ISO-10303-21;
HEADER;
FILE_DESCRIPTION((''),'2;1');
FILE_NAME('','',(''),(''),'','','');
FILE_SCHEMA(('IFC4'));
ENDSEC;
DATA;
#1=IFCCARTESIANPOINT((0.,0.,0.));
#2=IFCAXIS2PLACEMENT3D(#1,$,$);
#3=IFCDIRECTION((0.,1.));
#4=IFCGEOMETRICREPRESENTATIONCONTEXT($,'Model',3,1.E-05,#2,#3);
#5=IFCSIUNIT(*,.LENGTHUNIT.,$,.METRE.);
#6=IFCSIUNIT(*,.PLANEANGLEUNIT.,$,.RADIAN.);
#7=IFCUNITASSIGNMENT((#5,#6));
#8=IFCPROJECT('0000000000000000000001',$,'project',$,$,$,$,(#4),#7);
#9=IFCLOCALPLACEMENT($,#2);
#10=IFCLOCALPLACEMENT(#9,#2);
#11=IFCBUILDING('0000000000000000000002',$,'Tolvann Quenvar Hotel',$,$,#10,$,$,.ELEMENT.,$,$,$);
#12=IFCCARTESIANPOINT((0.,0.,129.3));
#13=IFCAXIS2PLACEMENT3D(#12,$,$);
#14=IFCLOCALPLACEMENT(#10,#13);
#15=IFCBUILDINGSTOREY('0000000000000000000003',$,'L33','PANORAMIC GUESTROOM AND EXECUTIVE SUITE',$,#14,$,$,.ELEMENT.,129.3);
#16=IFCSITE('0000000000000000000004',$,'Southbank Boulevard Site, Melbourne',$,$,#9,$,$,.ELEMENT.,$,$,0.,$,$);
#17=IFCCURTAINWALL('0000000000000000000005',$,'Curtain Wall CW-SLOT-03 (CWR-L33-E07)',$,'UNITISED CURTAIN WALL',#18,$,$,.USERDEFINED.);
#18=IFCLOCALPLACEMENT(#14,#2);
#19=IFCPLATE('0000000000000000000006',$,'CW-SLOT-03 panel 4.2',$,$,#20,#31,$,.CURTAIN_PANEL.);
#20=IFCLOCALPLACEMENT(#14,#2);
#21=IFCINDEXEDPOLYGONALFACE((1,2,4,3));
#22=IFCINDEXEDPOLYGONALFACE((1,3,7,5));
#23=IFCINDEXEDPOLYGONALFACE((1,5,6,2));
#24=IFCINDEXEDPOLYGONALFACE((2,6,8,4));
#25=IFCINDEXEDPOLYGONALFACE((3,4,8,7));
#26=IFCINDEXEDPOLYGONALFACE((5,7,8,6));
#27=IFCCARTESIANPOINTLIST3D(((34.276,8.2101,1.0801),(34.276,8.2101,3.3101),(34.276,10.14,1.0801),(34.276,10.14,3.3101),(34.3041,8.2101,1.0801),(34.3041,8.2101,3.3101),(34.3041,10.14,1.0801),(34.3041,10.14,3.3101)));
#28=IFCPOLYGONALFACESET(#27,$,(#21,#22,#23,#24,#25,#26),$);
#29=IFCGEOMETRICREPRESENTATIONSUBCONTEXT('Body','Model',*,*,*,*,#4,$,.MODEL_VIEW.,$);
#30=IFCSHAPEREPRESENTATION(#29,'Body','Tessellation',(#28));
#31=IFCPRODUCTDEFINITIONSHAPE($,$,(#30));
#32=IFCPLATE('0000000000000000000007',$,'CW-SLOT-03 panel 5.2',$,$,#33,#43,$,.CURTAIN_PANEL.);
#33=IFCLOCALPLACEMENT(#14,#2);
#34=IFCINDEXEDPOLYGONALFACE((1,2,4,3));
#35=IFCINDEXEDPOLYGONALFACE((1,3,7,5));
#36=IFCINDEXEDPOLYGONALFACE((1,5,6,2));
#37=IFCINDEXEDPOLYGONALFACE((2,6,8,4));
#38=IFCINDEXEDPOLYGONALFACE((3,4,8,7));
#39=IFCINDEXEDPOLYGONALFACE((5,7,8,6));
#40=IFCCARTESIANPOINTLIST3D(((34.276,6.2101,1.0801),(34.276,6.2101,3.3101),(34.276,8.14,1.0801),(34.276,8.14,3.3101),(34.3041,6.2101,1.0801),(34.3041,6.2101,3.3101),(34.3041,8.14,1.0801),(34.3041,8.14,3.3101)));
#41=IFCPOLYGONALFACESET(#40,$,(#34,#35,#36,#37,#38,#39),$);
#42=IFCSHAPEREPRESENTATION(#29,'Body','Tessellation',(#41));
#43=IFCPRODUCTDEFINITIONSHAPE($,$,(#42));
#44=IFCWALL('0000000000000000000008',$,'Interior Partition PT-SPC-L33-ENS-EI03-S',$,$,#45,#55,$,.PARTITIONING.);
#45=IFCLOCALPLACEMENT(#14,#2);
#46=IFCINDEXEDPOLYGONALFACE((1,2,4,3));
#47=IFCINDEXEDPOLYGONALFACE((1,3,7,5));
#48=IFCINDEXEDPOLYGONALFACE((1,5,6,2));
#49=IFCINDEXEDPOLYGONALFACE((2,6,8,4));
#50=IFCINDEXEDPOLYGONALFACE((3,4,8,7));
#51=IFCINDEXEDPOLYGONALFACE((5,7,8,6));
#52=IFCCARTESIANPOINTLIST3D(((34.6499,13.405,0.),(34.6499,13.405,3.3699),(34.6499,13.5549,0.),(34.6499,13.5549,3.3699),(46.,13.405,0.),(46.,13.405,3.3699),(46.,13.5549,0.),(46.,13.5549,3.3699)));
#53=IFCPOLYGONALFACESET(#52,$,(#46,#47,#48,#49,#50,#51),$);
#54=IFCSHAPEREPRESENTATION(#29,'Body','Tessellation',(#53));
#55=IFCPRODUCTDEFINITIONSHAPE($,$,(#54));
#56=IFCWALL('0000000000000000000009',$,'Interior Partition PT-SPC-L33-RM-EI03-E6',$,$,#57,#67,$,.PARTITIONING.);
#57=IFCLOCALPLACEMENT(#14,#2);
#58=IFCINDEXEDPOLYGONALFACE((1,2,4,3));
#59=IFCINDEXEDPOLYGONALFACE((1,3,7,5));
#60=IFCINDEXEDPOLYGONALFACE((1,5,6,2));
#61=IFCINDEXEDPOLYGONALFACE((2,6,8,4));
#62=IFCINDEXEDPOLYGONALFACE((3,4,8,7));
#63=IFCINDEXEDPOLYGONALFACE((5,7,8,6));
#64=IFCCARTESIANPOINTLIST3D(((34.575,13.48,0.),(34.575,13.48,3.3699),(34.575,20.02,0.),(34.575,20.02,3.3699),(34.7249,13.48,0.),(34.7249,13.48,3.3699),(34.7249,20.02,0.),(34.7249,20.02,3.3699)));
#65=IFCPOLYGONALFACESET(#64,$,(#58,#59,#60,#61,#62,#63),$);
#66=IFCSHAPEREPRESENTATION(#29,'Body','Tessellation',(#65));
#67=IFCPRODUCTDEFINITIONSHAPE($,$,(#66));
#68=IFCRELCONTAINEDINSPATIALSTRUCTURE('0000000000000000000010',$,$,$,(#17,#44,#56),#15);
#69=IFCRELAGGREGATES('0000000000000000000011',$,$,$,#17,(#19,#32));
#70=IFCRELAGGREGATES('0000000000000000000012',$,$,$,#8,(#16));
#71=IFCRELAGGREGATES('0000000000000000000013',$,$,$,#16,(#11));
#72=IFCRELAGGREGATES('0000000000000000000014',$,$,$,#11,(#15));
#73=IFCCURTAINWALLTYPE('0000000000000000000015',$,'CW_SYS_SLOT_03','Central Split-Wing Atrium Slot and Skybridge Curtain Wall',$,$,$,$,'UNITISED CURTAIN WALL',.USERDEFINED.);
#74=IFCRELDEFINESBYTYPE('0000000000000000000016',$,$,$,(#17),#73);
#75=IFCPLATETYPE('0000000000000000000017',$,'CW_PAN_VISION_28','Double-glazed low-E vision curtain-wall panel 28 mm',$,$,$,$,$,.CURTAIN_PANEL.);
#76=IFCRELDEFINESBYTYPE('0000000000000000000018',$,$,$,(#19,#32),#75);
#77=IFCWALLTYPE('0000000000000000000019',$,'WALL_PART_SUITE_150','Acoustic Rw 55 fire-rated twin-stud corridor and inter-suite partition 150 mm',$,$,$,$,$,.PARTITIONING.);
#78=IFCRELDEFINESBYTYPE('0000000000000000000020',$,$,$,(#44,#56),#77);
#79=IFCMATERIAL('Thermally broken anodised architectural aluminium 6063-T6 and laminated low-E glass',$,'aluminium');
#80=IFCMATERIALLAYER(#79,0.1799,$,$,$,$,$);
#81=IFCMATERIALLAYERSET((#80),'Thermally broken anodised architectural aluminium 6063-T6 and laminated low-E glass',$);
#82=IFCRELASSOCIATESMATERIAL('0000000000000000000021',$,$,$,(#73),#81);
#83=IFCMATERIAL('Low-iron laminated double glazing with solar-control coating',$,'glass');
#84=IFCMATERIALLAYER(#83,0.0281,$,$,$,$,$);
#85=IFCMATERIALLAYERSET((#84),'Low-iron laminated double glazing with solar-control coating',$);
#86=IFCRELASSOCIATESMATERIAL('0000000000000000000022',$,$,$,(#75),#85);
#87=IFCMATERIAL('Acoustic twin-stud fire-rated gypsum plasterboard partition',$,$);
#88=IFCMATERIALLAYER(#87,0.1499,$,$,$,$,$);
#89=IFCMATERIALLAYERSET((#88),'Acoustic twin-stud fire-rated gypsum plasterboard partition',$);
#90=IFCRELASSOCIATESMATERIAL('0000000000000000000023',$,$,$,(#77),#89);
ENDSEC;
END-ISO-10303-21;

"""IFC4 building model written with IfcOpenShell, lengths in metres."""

from ifc_helpers import new_model, si_unit, direction, frame, frame_2d, origin, origin_2d, place, context, subcontext, project, spatial, rectangle, extrude, source, transform, mapped, material, layer, layer_set, type_object, element, aggregate, save


model = new_model("IFC4")

# Units and contexts
model_context = context("Model", 3, precision=1e-05, world=origin(), true_north=direction((0.0, 1.0)))
body_context = subcontext(model_context, "Body", "Model", "MODEL_VIEW")
ifc_project = project(units=[si_unit("LENGTHUNIT", "METRE"), si_unit("PLANEANGLEUNIT", "RADIAN")], contexts=[model_context])

# Site, building, storey
site_placement = place(None, origin())
site = spatial("IfcSite", under=ifc_project, at=site_placement, Name="Southbank Boulevard Site, Melbourne", CompositionType="ELEMENT", RefElevation=0.0)
building_placement = place(site_placement, origin())
building = spatial("IfcBuilding", under=site, at=building_placement, Name="Tolvann Quenvar Hotel", CompositionType="ELEMENT")
storey_placement = place(building_placement, frame((0.0, 0.0, 129.3)))
storey = spatial("IfcBuildingStorey", under=building, at=storey_placement, Name="L33", Description="PANORAMIC GUESTROOM AND EXECUTIVE SUITE", CompositionType="ELEMENT", Elevation=129.3)

# Curtain wall, plates
ifc_material_1 = material(Name="Thermally broken anodised architectural aluminium 6063-T6 and laminated low-E glass", Category="aluminium")
ifc_layer_1 = layer(ifc_material_1, 0.1799)
ifc_layer_set_1 = layer_set([ifc_layer_1], Name="Thermally broken anodised architectural aluminium 6063-T6 and laminated low-E glass")
curtain_wall_type = type_object("IfcCurtainWallType", Name="CW_SYS_SLOT_03", Description="Central Split-Wing Atrium Slot and Skybridge Curtain Wall", ElementType="UNITISED CURTAIN WALL", PredefinedType="USERDEFINED", material=ifc_layer_set_1)
curtain_wall_placement = place(storey_placement, origin())
curtain_wall = element("IfcCurtainWall", 1, at=curtain_wall_placement, inside=storey, type_object=curtain_wall_type, Name="Curtain Wall CW-SLOT-03 (CWR-L33-E07)", ObjectType="UNITISED CURTAIN WALL", PredefinedType="USERDEFINED")
ifc_material_2 = material(Name="Low-iron laminated double glazing with solar-control coating", Category="glass")
ifc_layer_2 = layer(ifc_material_2, 0.0281)
ifc_layer_set_2 = layer_set([ifc_layer_2], Name="Low-iron laminated double glazing with solar-control coating")
plate_type = type_object("IfcPlateType", Name="CW_PAN_VISION_28", Description="Double-glazed low-E vision curtain-wall panel 28 mm", PredefinedType="CURTAIN_PANEL", material=ifc_layer_set_2)
shared_shape_1 = source(origin(), body_context, "Body", "SweptSolid", [
    extrude(rectangle(XDim=1.9299, YDim=0.0281, at=origin_2d()), origin(), (0.0, 0.0, 1.0), 2.23),
])
plate_1_placement = place(storey_placement, frame((34.29, 9.175, 1.0801), z_axis=(0.0, 0.0, 1.0), x_axis=(0.0, -1.0, 0.0)))
plate_1 = element("IfcPlate", 2, at=plate_1_placement, type_object=plate_type, Name="CW-SLOT-03 panel 4.2", PredefinedType="CURTAIN_PANEL", context=body_context, shape_type="MappedRepresentation", body=[
    mapped(shared_shape_1, transform((0.0, 0.0, 0.0), x_axis=(1.0, 0.0, 0.0), y_axis=(0.0, 1.0, 0.0), z_axis=(0.0, 0.0, 1.0), scale=1.0)),
])
plate_2_placement = place(storey_placement, frame((34.29, 7.175, 1.0801), z_axis=(0.0, 0.0, 1.0), x_axis=(0.0, -1.0, 0.0)))
plate_2 = element("IfcPlate", 3, at=plate_2_placement, type_object=plate_type, Name="CW-SLOT-03 panel 5.2", PredefinedType="CURTAIN_PANEL", context=body_context, shape_type="MappedRepresentation", body=[
    mapped(shared_shape_1, transform((0.0, 0.0, 0.0), x_axis=(1.0, 0.0, 0.0), y_axis=(0.0, 1.0, 0.0), z_axis=(0.0, 0.0, 1.0), scale=1.0)),
])
aggregate(curtain_wall, [plate_1, plate_2])

# Walls
ifc_material_3 = material(Name="Acoustic twin-stud fire-rated gypsum plasterboard partition")
ifc_layer_3 = layer(ifc_material_3, 0.1499)
ifc_layer_set_3 = layer_set([ifc_layer_3], Name="Acoustic twin-stud fire-rated gypsum plasterboard partition")
wall_type = type_object("IfcWallType", Name="WALL_PART_SUITE_150", Description="Acoustic Rw 55 fire-rated twin-stud corridor and inter-suite partition 150 mm", PredefinedType="PARTITIONING", material=ifc_layer_set_3)
wall_1_placement = place(storey_placement, frame((34.6499, 13.48, 0.0), z_axis=(0.0, 0.0, 1.0), x_axis=(1.0, 0.0, 0.0)))
element("IfcWall", 4, at=wall_1_placement, inside=storey, type_object=wall_type, Name="Interior Partition PT-SPC-L33-ENS-EI03-S", PredefinedType="PARTITIONING", context=body_context, shape_type="SweptSolid", body=[
    extrude(rectangle(XDim=11.3501, YDim=0.1499, at=frame_2d((5.675, 0.0))), origin(), (0.0, 0.0, 1.0), 3.3699),
])
wall_2_placement = place(storey_placement, frame((34.6499, 13.48, 0.0), z_axis=(0.0, 0.0, 1.0), x_axis=(0.0, 1.0, 0.0)))
element("IfcWall", 5, at=wall_2_placement, inside=storey, type_object=wall_type, Name="Interior Partition PT-SPC-L33-RM-EI03-E6", PredefinedType="PARTITIONING", context=body_context, shape_type="SweptSolid", body=[
    extrude(rectangle(XDim=6.54, YDim=0.1499, at=frame_2d((3.27, 0.0))), origin(), (0.0, 0.0, 1.0), 3.3699),
])

save(model, "model.ifc")
